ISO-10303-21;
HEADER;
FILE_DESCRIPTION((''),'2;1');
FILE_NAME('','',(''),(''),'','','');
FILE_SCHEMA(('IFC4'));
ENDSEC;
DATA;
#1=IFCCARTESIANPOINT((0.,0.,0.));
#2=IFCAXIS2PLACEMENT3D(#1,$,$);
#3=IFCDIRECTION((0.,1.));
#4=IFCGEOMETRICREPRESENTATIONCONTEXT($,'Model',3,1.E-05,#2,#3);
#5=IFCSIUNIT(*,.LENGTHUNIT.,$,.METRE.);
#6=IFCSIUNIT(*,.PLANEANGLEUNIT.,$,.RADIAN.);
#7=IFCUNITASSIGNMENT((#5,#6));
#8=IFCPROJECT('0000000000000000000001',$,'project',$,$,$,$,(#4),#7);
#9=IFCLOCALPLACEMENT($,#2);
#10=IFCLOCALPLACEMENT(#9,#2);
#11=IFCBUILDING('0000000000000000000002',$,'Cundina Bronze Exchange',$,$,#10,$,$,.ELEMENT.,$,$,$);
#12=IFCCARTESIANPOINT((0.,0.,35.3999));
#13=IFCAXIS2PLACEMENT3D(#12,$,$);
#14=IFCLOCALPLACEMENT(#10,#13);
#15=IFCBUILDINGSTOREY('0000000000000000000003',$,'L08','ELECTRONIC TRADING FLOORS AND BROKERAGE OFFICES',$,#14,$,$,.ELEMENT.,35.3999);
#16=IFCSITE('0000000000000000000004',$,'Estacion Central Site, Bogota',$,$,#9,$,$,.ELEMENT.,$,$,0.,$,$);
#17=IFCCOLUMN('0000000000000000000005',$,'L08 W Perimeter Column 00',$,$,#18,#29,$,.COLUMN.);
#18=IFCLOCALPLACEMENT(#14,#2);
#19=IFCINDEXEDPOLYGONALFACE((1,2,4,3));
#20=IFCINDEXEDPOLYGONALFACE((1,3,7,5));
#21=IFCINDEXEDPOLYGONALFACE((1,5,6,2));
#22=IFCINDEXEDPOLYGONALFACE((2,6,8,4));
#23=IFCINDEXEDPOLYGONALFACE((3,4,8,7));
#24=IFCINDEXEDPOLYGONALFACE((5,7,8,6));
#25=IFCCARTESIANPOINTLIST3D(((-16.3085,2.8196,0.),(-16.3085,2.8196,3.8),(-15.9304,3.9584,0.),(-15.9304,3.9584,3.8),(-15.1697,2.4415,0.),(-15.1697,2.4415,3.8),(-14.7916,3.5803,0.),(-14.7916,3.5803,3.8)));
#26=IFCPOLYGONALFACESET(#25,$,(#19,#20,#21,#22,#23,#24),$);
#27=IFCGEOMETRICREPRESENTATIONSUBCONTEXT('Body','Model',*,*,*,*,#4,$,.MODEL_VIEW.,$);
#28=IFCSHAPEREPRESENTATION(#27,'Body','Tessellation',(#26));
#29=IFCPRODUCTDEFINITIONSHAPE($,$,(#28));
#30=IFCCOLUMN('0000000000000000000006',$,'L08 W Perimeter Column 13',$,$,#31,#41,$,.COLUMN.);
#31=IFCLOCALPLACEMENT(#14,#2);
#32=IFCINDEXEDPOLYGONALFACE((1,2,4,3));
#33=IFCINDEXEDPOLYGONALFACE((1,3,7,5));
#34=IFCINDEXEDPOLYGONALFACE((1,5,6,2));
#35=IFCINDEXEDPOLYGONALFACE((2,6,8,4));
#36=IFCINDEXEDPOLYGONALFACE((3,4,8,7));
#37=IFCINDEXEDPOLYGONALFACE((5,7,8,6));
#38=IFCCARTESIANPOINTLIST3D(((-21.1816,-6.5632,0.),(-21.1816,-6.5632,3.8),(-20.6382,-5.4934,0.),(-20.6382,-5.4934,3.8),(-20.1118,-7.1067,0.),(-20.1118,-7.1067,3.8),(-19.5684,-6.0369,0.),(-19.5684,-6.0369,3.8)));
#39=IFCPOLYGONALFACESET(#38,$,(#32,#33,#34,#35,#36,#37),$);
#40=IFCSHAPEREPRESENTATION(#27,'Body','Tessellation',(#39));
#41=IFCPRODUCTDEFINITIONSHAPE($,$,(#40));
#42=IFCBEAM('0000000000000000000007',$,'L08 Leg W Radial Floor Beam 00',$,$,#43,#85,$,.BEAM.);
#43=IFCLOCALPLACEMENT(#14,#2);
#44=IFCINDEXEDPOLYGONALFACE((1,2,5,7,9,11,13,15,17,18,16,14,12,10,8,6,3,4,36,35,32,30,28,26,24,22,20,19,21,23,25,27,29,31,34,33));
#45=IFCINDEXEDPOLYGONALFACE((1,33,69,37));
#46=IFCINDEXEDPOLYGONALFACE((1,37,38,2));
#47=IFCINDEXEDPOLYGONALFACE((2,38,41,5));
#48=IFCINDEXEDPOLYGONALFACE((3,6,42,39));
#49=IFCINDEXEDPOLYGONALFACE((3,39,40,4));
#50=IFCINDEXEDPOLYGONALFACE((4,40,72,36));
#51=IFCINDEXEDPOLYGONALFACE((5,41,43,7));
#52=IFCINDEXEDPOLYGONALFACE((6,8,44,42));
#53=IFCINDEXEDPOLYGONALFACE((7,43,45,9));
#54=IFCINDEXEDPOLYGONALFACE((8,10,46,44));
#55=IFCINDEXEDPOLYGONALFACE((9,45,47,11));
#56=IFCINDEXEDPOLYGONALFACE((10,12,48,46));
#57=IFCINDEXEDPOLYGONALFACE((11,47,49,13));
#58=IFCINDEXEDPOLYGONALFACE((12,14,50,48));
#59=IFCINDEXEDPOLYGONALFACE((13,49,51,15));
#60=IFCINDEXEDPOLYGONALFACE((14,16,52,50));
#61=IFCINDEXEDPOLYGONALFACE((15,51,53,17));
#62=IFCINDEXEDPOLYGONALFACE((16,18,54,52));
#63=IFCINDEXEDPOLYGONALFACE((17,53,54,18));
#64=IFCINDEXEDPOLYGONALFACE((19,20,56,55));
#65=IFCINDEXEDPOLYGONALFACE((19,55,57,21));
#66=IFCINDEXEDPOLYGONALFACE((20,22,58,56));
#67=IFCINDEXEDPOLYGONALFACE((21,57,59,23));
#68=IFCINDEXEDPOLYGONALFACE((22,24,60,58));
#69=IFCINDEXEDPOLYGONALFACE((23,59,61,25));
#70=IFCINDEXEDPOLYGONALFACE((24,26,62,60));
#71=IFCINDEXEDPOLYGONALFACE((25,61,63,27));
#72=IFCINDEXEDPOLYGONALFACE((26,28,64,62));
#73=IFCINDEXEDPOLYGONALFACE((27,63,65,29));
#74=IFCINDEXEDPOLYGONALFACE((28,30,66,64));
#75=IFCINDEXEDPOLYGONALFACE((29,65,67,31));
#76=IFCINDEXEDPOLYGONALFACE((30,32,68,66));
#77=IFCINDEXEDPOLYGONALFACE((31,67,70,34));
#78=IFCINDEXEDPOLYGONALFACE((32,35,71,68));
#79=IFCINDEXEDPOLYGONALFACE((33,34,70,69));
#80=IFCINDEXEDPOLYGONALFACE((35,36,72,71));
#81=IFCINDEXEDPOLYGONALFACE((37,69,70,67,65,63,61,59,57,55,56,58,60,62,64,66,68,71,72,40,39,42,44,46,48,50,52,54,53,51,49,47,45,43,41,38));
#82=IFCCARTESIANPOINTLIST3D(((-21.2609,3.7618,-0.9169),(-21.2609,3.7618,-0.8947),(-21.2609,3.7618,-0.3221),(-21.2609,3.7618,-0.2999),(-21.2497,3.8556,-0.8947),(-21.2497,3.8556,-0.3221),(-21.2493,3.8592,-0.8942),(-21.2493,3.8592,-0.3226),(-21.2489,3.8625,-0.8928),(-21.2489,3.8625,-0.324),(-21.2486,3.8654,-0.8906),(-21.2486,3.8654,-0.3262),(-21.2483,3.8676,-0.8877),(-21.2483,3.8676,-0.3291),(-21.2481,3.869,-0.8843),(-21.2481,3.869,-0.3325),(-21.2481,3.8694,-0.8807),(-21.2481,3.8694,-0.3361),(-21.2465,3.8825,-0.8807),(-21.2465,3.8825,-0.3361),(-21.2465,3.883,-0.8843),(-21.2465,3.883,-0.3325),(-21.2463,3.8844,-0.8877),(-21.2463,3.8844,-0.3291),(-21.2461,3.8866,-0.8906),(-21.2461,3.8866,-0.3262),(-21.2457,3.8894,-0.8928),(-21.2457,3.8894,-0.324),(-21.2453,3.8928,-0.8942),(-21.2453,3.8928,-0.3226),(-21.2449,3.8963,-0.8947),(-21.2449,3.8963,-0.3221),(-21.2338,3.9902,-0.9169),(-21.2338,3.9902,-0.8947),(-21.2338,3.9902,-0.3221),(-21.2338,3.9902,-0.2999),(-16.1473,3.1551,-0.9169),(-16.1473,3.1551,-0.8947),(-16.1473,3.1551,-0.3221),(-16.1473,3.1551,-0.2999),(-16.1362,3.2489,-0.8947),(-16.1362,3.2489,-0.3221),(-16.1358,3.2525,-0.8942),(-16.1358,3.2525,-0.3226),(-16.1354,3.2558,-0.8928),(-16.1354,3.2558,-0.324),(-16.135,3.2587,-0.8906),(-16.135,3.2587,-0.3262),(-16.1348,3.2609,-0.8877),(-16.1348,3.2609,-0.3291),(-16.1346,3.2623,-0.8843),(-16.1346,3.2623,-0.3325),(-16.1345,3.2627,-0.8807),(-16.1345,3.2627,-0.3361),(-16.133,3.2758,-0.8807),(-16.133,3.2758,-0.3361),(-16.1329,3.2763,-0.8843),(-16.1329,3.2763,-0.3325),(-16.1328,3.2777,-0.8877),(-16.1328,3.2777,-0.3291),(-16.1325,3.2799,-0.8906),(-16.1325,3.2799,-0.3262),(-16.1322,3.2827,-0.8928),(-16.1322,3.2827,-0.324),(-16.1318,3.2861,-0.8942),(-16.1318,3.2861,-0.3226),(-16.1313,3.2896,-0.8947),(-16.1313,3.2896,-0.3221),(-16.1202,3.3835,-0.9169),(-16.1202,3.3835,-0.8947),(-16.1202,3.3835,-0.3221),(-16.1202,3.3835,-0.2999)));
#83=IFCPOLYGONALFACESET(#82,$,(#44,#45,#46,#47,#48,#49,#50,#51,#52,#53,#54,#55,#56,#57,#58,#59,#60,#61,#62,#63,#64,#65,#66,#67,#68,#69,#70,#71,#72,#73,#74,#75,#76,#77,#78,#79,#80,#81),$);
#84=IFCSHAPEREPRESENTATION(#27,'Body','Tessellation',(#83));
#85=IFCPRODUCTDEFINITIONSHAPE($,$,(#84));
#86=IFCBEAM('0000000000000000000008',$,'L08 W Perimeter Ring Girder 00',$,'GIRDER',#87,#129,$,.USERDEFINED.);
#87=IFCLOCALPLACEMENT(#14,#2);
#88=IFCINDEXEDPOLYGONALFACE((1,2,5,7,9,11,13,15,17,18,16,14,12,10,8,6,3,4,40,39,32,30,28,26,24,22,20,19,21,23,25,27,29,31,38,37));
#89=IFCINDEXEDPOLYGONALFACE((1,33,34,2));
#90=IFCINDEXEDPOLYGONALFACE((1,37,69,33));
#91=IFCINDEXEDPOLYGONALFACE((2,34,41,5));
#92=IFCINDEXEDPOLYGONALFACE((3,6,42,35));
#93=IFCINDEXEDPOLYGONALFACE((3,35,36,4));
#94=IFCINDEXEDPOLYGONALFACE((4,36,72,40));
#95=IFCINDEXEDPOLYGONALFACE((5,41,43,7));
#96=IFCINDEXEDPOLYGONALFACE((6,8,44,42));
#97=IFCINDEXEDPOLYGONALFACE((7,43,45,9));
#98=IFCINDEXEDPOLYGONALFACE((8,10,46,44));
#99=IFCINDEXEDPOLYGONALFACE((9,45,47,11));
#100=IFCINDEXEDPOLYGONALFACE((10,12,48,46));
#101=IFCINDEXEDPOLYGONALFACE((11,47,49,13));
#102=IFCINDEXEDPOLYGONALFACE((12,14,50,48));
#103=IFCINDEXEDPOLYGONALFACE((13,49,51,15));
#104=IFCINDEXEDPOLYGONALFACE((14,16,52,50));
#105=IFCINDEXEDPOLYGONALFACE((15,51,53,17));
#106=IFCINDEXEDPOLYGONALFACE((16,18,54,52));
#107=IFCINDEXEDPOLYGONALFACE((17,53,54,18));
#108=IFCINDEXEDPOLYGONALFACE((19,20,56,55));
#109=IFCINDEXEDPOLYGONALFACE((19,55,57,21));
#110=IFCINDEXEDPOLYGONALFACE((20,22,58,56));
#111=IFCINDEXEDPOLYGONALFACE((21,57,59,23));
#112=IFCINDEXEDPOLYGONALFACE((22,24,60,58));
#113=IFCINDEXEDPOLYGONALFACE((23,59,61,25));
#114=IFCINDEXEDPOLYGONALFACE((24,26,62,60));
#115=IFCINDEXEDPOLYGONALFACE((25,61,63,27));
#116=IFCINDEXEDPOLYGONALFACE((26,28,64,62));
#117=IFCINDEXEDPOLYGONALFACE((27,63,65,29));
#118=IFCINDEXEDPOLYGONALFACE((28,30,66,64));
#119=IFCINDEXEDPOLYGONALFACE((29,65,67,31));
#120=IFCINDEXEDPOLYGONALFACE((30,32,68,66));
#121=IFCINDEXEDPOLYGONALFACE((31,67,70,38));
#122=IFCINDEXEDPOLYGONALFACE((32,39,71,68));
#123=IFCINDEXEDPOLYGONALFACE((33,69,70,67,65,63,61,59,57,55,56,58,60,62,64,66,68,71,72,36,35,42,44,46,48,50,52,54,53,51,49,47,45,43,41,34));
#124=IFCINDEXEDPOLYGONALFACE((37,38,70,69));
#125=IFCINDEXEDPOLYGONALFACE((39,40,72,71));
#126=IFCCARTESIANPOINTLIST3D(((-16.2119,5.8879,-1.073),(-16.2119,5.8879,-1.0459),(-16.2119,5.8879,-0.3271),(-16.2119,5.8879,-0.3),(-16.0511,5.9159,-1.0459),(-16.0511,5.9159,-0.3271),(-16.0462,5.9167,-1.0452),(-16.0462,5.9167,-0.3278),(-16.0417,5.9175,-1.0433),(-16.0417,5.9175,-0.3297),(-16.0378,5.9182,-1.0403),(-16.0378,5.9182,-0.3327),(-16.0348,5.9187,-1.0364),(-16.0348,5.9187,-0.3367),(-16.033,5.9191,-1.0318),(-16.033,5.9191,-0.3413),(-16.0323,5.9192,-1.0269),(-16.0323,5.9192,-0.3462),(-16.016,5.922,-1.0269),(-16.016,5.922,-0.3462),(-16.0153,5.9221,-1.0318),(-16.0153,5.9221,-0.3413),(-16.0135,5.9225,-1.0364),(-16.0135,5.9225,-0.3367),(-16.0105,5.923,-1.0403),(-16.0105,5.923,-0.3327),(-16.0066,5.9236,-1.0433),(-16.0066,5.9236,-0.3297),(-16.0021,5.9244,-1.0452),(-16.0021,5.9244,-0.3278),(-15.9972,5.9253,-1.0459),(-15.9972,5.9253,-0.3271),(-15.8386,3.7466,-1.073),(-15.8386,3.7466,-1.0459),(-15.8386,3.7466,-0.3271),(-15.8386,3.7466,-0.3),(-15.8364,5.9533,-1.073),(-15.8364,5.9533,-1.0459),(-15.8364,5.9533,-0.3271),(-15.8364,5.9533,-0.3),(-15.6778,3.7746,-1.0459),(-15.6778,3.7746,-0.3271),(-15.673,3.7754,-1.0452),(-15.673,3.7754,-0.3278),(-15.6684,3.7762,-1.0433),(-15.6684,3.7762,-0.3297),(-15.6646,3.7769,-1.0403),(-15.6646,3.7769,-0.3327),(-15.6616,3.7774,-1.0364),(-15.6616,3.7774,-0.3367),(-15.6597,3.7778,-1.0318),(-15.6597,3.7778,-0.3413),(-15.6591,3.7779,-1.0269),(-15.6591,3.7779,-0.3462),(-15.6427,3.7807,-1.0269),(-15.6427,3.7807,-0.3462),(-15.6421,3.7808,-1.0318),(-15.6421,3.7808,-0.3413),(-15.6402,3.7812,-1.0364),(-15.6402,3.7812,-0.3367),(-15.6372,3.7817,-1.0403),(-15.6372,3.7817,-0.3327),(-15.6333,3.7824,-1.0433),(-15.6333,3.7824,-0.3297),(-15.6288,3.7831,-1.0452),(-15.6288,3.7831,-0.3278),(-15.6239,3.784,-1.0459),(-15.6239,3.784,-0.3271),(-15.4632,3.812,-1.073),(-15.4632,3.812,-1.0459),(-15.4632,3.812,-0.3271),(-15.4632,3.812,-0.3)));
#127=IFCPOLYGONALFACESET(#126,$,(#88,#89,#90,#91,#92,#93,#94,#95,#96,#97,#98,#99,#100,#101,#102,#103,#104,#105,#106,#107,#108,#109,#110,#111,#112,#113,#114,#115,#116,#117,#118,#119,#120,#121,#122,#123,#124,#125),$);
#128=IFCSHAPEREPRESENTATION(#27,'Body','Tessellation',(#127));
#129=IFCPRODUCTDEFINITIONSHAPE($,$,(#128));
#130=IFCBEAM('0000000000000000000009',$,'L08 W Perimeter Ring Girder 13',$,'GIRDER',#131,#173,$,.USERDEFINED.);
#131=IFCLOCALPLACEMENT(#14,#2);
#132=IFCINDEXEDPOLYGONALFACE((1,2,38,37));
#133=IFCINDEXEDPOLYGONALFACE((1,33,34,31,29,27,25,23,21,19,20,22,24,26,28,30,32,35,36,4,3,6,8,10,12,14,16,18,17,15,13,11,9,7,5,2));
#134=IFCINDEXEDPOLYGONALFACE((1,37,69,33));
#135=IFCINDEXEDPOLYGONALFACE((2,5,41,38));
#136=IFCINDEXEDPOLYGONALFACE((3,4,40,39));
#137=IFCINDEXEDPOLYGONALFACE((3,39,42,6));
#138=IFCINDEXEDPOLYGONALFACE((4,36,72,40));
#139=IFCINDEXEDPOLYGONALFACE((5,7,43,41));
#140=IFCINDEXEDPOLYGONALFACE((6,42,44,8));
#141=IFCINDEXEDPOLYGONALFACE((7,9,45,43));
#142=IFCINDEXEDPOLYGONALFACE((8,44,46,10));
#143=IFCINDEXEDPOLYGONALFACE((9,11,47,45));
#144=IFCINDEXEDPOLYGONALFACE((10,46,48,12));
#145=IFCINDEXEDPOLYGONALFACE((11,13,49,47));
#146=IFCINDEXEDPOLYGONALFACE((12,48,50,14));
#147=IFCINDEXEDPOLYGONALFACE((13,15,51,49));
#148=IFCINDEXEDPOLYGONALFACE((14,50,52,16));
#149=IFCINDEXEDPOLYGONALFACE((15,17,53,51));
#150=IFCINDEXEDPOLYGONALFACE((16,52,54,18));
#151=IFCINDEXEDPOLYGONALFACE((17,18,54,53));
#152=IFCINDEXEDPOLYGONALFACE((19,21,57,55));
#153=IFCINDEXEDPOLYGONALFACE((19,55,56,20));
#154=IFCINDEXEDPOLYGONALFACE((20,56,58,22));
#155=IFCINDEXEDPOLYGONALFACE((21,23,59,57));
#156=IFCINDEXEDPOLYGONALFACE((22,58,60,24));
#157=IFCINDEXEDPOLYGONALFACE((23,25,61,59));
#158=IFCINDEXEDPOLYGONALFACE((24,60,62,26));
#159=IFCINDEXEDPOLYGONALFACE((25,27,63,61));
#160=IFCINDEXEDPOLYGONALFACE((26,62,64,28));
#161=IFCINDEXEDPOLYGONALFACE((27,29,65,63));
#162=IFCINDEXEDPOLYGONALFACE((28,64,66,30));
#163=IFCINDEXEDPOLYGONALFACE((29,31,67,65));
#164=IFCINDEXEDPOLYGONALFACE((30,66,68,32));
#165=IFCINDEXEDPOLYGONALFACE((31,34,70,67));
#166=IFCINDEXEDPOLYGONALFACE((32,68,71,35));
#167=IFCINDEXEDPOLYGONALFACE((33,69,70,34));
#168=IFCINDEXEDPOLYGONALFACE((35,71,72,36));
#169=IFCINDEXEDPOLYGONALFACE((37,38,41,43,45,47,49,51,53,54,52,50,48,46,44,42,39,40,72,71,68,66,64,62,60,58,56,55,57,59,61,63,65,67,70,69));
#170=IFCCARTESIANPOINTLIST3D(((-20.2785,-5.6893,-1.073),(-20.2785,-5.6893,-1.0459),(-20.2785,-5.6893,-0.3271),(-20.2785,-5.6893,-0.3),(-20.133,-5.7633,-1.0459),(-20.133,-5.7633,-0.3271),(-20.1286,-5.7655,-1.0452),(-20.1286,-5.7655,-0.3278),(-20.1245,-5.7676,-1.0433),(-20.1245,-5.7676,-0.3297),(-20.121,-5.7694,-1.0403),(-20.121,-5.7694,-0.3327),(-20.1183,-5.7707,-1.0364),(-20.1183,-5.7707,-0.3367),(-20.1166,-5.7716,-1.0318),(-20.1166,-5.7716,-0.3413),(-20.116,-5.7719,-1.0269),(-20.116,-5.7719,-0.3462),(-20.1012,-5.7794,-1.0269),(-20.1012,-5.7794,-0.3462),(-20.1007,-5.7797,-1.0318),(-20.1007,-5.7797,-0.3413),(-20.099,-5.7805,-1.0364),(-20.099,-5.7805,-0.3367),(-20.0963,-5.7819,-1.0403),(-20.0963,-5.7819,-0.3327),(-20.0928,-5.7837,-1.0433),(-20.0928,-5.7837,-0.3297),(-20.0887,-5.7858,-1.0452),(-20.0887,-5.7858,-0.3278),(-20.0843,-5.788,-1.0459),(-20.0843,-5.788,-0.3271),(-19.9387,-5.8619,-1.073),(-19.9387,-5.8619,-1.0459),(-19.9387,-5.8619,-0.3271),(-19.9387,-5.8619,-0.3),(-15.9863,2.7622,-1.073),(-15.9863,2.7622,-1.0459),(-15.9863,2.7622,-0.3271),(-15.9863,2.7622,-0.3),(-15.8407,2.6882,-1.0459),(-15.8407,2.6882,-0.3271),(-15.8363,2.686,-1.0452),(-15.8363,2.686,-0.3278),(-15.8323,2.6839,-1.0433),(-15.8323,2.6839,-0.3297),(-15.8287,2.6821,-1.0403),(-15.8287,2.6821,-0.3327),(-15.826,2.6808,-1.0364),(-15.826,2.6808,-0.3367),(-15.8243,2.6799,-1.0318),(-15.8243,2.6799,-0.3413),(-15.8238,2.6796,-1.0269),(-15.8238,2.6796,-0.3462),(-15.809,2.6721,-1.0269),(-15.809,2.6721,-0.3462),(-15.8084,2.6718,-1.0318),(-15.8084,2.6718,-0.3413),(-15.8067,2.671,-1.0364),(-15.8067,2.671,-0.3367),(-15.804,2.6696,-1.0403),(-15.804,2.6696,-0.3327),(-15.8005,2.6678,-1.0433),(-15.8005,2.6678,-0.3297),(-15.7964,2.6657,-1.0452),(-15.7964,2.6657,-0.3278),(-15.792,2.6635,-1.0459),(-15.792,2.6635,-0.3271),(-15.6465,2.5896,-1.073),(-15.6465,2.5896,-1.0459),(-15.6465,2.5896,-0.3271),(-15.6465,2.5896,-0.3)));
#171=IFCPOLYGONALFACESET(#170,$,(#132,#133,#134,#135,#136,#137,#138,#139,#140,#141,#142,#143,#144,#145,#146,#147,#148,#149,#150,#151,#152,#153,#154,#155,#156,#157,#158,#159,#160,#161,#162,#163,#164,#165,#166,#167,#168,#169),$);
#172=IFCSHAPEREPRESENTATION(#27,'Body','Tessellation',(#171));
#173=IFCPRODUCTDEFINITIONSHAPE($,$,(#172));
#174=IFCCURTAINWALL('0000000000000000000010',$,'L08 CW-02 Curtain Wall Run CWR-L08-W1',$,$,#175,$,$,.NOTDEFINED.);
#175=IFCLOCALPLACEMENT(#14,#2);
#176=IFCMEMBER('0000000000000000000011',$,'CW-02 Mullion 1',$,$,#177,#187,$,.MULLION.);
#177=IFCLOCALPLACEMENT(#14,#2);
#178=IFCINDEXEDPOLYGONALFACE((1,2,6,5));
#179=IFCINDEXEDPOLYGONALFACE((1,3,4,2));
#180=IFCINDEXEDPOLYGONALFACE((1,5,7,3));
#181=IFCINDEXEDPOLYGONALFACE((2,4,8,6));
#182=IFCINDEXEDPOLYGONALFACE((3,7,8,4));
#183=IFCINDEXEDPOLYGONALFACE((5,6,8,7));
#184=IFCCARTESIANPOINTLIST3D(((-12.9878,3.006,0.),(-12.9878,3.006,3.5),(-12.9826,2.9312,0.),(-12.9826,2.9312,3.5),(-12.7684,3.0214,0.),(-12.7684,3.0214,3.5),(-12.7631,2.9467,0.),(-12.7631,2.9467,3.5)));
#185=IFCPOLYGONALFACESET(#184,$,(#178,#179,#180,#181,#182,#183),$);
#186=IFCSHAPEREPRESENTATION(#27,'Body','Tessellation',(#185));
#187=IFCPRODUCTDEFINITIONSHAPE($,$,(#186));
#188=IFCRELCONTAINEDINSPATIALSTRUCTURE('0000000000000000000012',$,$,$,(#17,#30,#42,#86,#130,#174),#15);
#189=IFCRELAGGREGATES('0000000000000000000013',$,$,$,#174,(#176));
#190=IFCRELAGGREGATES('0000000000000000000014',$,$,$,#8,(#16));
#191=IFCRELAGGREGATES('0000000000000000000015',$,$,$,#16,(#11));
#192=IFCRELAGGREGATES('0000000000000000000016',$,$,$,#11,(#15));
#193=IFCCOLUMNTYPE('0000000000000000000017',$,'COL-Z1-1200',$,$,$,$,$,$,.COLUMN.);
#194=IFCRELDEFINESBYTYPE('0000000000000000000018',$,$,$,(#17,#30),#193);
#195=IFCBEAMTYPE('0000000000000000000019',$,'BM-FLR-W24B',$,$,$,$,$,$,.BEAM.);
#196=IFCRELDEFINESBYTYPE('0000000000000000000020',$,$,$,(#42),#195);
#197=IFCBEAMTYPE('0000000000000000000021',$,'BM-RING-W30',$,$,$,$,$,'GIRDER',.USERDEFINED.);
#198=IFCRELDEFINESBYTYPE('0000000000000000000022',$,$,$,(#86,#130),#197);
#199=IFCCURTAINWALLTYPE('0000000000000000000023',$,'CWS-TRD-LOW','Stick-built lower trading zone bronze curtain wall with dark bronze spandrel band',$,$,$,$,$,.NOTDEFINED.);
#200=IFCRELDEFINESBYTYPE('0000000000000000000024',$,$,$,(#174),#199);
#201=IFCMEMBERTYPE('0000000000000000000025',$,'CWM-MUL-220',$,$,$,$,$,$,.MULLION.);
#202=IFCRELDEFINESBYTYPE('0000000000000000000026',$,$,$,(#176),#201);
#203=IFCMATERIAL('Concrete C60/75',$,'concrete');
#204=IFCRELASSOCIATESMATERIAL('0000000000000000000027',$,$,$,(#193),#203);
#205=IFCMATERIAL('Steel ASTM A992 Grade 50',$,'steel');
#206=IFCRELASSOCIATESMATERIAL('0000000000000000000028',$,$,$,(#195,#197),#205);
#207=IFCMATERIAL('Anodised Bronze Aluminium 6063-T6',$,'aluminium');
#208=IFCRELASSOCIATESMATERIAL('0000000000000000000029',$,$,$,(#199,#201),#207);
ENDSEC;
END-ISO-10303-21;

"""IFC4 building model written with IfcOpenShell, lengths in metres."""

from ifc_helpers import new_model, si_unit, direction, frame, origin, origin_2d, place, context, subcontext, project, spatial, rectangle, i_section, extrude, material, material_profile, profile_set, type_object, element, aggregate, save


model = new_model("IFC4")

# Units and contexts
model_context = context("Model", 3, precision=1e-05, world=origin(), true_north=direction((0.0, 1.0)))
body_context = subcontext(model_context, "Body", "Model", "MODEL_VIEW")
ifc_project = project(units=[si_unit("LENGTHUNIT", "METRE"), si_unit("PLANEANGLEUNIT", "RADIAN")], contexts=[model_context])

# Site, building, storey
site_placement = place(None, origin())
site = spatial("IfcSite", under=ifc_project, at=site_placement, Name="Estacion Central Site, Bogota", CompositionType="ELEMENT", RefElevation=0.0)
building_placement = place(site_placement, origin())
building = spatial("IfcBuilding", under=site, at=building_placement, Name="Cundina Bronze Exchange", CompositionType="ELEMENT")
storey_placement = place(building_placement, frame((0.0, 0.0, 35.3999)))
storey = spatial("IfcBuildingStorey", under=building, at=storey_placement, Name="L08", Description="ELECTRONIC TRADING FLOORS AND BROKERAGE OFFICES", CompositionType="ELEMENT", Elevation=35.3999)

# Columns
ifc_material_1 = material(Name="Concrete C60/75", Category="concrete")
ifc_material_profile_1 = material_profile(ifc_material_1, rectangle(XDim=1.2, YDim=1.2, at=origin_2d()), Name="RC1200X1200", Category="concrete")
ifc_profile_set_1 = profile_set([ifc_material_profile_1], Name="Concrete C60/75")
column_type = type_object("IfcColumnType", Name="COL-Z1-1200", PredefinedType="COLUMN", material=ifc_profile_set_1)
for number, where, z_axis, x_axis, name in (
    (1, (-15.55, 3.2, 0.0), (0.0, 0.0, 1.0), (0.315152, 0.949041, 0.0), "L08 W Perimeter Column 00"),
    (2, (-20.375, -6.3, 0.0), (0.0, 0.0, 1.0), (0.452902, 0.891561, 0.0), "L08 W Perimeter Column 13"),
):
    element("IfcColumn", number, at=place(storey_placement, frame(where, z_axis=z_axis, x_axis=x_axis)), inside=storey, type_object=column_type, Name=name, PredefinedType="COLUMN", context=body_context, shape_type="SweptSolid", body=[
        extrude(rectangle(XDim=1.2, YDim=1.2, at=origin_2d()), origin(), (0.0, 0.0, 1.0), 3.8),
    ])

# Beams
ifc_material_2 = material(Name="Steel ASTM A992 Grade 50", Category="steel")
ifc_material_profile_2 = material_profile(ifc_material_2, i_section(OverallWidth=0.23, OverallDepth=0.6169, WebThickness=0.0132, FlangeThickness=0.0222, FilletRadius=0.0139, at=origin_2d()), Name="W24X94", Category="steel")
ifc_profile_set_2 = profile_set([ifc_material_profile_2], Name="Steel ASTM A992 Grade 50")
beam_type_1 = type_object("IfcBeamType", Name="BM-FLR-W24B", PredefinedType="BEAM", material=ifc_profile_set_2)
beam_1_placement = place(storey_placement, frame((-21.2473, 3.876, -0.6084), z_axis=(0.993035, -0.117818, 0.0), x_axis=(0.117818, 0.993035, 0.0)))
element("IfcBeam", 3, at=beam_1_placement, inside=storey, type_object=beam_type_1, Name="L08 Leg W Radial Floor Beam 00", PredefinedType="BEAM", context=body_context, shape_type="SweptSolid", body=[
    extrude(i_section(OverallWidth=0.23, OverallDepth=0.6169, WebThickness=0.0132, FlangeThickness=0.0222, FilletRadius=0.0139, at=origin_2d()), origin(), (0.0, 0.0, 1.0), 5.1494),
])
ifc_material_profile_3 = material_profile(ifc_material_2, i_section(OverallWidth=0.3811, OverallDepth=0.7729, WebThickness=0.0166, FlangeThickness=0.0271, FilletRadius=0.019, at=origin_2d()), Name="W30X173", Category="steel")
ifc_profile_set_3 = profile_set([ifc_material_profile_3], Name="Steel ASTM A992 Grade 50")
beam_type_2 = type_object("IfcBeamType", Name="BM-RING-W30", ElementType="GIRDER", PredefinedType="USERDEFINED", material=ifc_profile_set_3)
beam_2_placement = place(storey_placement, frame((-15.6509, 3.7793, -0.6865), z_axis=(-0.171735, 0.985143, 0.0), x_axis=(-0.985143, -0.171735, 0.0)))
element("IfcBeam", 4, at=beam_2_placement, inside=storey, type_object=beam_type_2, Name="L08 W Perimeter Ring Girder 00", ObjectType="GIRDER", PredefinedType="USERDEFINED", context=body_context, shape_type="SweptSolid", body=[
    extrude(i_section(OverallWidth=0.3811, OverallDepth=0.7729, WebThickness=0.0166, FlangeThickness=0.0271, FilletRadius=0.019, at=origin_2d()), origin(), (0.0, 0.0, 1.0), 2.1736),
])
beam_3_placement = place(storey_placement, frame((-20.1086, -5.7756, -0.6865), z_axis=(0.45282, 0.891602, 0.0), x_axis=(-0.891602, 0.45282, 0.0)))
element("IfcBeam", 5, at=beam_3_placement, inside=storey, type_object=beam_type_2, Name="L08 W Perimeter Ring Girder 13", ObjectType="GIRDER", PredefinedType="USERDEFINED", context=body_context, shape_type="SweptSolid", body=[
    extrude(i_section(OverallWidth=0.3811, OverallDepth=0.7729, WebThickness=0.0166, FlangeThickness=0.0271, FilletRadius=0.019, at=origin_2d()), origin(), (0.0, 0.0, 1.0), 9.479),
])

# Curtain wall, member
ifc_material_3 = material(Name="Anodised Bronze Aluminium 6063-T6", Category="aluminium")
curtain_wall_type = type_object("IfcCurtainWallType", Name="CWS-TRD-LOW", Description="Stick-built lower trading zone bronze curtain wall with dark bronze spandrel band", PredefinedType="NOTDEFINED", material=ifc_material_3)
curtain_wall_1_placement = place(storey_placement, origin())
curtain_wall_1 = element("IfcCurtainWall", 6, at=curtain_wall_1_placement, inside=storey, type_object=curtain_wall_type, Name="L08 CW-02 Curtain Wall Run CWR-L08-W1", PredefinedType="NOTDEFINED")
ifc_material_profile_4 = material_profile(ifc_material_3, rectangle(XDim=0.075, YDim=0.22, at=origin_2d()), Name="AL75X220", Category="aluminium")
ifc_profile_set_4 = profile_set([ifc_material_profile_4], Name="Anodised Bronze Aluminium 6063-T6")
member_type_1 = type_object("IfcMemberType", Name="CWM-MUL-220", PredefinedType="MULLION", material=ifc_profile_set_4)
member_1_placement = place(storey_placement, frame((-12.8755, 2.9763, 0.0), z_axis=(0.0, 0.0, 1.0), x_axis=(-0.070279, 0.997527, 0.0)))
member_1 = element("IfcMember", 7, at=member_1_placement, type_object=member_type_1, Name="CW-02 Mullion 1", PredefinedType="MULLION", context=body_context, shape_type="SweptSolid", body=[
    extrude(rectangle(XDim=0.075, YDim=0.22, at=origin_2d()), origin(), (0.0, 0.0, 1.0), 3.5),
])

aggregate(curtain_wall_1, [member_1])

save(model, "model.ifc")
